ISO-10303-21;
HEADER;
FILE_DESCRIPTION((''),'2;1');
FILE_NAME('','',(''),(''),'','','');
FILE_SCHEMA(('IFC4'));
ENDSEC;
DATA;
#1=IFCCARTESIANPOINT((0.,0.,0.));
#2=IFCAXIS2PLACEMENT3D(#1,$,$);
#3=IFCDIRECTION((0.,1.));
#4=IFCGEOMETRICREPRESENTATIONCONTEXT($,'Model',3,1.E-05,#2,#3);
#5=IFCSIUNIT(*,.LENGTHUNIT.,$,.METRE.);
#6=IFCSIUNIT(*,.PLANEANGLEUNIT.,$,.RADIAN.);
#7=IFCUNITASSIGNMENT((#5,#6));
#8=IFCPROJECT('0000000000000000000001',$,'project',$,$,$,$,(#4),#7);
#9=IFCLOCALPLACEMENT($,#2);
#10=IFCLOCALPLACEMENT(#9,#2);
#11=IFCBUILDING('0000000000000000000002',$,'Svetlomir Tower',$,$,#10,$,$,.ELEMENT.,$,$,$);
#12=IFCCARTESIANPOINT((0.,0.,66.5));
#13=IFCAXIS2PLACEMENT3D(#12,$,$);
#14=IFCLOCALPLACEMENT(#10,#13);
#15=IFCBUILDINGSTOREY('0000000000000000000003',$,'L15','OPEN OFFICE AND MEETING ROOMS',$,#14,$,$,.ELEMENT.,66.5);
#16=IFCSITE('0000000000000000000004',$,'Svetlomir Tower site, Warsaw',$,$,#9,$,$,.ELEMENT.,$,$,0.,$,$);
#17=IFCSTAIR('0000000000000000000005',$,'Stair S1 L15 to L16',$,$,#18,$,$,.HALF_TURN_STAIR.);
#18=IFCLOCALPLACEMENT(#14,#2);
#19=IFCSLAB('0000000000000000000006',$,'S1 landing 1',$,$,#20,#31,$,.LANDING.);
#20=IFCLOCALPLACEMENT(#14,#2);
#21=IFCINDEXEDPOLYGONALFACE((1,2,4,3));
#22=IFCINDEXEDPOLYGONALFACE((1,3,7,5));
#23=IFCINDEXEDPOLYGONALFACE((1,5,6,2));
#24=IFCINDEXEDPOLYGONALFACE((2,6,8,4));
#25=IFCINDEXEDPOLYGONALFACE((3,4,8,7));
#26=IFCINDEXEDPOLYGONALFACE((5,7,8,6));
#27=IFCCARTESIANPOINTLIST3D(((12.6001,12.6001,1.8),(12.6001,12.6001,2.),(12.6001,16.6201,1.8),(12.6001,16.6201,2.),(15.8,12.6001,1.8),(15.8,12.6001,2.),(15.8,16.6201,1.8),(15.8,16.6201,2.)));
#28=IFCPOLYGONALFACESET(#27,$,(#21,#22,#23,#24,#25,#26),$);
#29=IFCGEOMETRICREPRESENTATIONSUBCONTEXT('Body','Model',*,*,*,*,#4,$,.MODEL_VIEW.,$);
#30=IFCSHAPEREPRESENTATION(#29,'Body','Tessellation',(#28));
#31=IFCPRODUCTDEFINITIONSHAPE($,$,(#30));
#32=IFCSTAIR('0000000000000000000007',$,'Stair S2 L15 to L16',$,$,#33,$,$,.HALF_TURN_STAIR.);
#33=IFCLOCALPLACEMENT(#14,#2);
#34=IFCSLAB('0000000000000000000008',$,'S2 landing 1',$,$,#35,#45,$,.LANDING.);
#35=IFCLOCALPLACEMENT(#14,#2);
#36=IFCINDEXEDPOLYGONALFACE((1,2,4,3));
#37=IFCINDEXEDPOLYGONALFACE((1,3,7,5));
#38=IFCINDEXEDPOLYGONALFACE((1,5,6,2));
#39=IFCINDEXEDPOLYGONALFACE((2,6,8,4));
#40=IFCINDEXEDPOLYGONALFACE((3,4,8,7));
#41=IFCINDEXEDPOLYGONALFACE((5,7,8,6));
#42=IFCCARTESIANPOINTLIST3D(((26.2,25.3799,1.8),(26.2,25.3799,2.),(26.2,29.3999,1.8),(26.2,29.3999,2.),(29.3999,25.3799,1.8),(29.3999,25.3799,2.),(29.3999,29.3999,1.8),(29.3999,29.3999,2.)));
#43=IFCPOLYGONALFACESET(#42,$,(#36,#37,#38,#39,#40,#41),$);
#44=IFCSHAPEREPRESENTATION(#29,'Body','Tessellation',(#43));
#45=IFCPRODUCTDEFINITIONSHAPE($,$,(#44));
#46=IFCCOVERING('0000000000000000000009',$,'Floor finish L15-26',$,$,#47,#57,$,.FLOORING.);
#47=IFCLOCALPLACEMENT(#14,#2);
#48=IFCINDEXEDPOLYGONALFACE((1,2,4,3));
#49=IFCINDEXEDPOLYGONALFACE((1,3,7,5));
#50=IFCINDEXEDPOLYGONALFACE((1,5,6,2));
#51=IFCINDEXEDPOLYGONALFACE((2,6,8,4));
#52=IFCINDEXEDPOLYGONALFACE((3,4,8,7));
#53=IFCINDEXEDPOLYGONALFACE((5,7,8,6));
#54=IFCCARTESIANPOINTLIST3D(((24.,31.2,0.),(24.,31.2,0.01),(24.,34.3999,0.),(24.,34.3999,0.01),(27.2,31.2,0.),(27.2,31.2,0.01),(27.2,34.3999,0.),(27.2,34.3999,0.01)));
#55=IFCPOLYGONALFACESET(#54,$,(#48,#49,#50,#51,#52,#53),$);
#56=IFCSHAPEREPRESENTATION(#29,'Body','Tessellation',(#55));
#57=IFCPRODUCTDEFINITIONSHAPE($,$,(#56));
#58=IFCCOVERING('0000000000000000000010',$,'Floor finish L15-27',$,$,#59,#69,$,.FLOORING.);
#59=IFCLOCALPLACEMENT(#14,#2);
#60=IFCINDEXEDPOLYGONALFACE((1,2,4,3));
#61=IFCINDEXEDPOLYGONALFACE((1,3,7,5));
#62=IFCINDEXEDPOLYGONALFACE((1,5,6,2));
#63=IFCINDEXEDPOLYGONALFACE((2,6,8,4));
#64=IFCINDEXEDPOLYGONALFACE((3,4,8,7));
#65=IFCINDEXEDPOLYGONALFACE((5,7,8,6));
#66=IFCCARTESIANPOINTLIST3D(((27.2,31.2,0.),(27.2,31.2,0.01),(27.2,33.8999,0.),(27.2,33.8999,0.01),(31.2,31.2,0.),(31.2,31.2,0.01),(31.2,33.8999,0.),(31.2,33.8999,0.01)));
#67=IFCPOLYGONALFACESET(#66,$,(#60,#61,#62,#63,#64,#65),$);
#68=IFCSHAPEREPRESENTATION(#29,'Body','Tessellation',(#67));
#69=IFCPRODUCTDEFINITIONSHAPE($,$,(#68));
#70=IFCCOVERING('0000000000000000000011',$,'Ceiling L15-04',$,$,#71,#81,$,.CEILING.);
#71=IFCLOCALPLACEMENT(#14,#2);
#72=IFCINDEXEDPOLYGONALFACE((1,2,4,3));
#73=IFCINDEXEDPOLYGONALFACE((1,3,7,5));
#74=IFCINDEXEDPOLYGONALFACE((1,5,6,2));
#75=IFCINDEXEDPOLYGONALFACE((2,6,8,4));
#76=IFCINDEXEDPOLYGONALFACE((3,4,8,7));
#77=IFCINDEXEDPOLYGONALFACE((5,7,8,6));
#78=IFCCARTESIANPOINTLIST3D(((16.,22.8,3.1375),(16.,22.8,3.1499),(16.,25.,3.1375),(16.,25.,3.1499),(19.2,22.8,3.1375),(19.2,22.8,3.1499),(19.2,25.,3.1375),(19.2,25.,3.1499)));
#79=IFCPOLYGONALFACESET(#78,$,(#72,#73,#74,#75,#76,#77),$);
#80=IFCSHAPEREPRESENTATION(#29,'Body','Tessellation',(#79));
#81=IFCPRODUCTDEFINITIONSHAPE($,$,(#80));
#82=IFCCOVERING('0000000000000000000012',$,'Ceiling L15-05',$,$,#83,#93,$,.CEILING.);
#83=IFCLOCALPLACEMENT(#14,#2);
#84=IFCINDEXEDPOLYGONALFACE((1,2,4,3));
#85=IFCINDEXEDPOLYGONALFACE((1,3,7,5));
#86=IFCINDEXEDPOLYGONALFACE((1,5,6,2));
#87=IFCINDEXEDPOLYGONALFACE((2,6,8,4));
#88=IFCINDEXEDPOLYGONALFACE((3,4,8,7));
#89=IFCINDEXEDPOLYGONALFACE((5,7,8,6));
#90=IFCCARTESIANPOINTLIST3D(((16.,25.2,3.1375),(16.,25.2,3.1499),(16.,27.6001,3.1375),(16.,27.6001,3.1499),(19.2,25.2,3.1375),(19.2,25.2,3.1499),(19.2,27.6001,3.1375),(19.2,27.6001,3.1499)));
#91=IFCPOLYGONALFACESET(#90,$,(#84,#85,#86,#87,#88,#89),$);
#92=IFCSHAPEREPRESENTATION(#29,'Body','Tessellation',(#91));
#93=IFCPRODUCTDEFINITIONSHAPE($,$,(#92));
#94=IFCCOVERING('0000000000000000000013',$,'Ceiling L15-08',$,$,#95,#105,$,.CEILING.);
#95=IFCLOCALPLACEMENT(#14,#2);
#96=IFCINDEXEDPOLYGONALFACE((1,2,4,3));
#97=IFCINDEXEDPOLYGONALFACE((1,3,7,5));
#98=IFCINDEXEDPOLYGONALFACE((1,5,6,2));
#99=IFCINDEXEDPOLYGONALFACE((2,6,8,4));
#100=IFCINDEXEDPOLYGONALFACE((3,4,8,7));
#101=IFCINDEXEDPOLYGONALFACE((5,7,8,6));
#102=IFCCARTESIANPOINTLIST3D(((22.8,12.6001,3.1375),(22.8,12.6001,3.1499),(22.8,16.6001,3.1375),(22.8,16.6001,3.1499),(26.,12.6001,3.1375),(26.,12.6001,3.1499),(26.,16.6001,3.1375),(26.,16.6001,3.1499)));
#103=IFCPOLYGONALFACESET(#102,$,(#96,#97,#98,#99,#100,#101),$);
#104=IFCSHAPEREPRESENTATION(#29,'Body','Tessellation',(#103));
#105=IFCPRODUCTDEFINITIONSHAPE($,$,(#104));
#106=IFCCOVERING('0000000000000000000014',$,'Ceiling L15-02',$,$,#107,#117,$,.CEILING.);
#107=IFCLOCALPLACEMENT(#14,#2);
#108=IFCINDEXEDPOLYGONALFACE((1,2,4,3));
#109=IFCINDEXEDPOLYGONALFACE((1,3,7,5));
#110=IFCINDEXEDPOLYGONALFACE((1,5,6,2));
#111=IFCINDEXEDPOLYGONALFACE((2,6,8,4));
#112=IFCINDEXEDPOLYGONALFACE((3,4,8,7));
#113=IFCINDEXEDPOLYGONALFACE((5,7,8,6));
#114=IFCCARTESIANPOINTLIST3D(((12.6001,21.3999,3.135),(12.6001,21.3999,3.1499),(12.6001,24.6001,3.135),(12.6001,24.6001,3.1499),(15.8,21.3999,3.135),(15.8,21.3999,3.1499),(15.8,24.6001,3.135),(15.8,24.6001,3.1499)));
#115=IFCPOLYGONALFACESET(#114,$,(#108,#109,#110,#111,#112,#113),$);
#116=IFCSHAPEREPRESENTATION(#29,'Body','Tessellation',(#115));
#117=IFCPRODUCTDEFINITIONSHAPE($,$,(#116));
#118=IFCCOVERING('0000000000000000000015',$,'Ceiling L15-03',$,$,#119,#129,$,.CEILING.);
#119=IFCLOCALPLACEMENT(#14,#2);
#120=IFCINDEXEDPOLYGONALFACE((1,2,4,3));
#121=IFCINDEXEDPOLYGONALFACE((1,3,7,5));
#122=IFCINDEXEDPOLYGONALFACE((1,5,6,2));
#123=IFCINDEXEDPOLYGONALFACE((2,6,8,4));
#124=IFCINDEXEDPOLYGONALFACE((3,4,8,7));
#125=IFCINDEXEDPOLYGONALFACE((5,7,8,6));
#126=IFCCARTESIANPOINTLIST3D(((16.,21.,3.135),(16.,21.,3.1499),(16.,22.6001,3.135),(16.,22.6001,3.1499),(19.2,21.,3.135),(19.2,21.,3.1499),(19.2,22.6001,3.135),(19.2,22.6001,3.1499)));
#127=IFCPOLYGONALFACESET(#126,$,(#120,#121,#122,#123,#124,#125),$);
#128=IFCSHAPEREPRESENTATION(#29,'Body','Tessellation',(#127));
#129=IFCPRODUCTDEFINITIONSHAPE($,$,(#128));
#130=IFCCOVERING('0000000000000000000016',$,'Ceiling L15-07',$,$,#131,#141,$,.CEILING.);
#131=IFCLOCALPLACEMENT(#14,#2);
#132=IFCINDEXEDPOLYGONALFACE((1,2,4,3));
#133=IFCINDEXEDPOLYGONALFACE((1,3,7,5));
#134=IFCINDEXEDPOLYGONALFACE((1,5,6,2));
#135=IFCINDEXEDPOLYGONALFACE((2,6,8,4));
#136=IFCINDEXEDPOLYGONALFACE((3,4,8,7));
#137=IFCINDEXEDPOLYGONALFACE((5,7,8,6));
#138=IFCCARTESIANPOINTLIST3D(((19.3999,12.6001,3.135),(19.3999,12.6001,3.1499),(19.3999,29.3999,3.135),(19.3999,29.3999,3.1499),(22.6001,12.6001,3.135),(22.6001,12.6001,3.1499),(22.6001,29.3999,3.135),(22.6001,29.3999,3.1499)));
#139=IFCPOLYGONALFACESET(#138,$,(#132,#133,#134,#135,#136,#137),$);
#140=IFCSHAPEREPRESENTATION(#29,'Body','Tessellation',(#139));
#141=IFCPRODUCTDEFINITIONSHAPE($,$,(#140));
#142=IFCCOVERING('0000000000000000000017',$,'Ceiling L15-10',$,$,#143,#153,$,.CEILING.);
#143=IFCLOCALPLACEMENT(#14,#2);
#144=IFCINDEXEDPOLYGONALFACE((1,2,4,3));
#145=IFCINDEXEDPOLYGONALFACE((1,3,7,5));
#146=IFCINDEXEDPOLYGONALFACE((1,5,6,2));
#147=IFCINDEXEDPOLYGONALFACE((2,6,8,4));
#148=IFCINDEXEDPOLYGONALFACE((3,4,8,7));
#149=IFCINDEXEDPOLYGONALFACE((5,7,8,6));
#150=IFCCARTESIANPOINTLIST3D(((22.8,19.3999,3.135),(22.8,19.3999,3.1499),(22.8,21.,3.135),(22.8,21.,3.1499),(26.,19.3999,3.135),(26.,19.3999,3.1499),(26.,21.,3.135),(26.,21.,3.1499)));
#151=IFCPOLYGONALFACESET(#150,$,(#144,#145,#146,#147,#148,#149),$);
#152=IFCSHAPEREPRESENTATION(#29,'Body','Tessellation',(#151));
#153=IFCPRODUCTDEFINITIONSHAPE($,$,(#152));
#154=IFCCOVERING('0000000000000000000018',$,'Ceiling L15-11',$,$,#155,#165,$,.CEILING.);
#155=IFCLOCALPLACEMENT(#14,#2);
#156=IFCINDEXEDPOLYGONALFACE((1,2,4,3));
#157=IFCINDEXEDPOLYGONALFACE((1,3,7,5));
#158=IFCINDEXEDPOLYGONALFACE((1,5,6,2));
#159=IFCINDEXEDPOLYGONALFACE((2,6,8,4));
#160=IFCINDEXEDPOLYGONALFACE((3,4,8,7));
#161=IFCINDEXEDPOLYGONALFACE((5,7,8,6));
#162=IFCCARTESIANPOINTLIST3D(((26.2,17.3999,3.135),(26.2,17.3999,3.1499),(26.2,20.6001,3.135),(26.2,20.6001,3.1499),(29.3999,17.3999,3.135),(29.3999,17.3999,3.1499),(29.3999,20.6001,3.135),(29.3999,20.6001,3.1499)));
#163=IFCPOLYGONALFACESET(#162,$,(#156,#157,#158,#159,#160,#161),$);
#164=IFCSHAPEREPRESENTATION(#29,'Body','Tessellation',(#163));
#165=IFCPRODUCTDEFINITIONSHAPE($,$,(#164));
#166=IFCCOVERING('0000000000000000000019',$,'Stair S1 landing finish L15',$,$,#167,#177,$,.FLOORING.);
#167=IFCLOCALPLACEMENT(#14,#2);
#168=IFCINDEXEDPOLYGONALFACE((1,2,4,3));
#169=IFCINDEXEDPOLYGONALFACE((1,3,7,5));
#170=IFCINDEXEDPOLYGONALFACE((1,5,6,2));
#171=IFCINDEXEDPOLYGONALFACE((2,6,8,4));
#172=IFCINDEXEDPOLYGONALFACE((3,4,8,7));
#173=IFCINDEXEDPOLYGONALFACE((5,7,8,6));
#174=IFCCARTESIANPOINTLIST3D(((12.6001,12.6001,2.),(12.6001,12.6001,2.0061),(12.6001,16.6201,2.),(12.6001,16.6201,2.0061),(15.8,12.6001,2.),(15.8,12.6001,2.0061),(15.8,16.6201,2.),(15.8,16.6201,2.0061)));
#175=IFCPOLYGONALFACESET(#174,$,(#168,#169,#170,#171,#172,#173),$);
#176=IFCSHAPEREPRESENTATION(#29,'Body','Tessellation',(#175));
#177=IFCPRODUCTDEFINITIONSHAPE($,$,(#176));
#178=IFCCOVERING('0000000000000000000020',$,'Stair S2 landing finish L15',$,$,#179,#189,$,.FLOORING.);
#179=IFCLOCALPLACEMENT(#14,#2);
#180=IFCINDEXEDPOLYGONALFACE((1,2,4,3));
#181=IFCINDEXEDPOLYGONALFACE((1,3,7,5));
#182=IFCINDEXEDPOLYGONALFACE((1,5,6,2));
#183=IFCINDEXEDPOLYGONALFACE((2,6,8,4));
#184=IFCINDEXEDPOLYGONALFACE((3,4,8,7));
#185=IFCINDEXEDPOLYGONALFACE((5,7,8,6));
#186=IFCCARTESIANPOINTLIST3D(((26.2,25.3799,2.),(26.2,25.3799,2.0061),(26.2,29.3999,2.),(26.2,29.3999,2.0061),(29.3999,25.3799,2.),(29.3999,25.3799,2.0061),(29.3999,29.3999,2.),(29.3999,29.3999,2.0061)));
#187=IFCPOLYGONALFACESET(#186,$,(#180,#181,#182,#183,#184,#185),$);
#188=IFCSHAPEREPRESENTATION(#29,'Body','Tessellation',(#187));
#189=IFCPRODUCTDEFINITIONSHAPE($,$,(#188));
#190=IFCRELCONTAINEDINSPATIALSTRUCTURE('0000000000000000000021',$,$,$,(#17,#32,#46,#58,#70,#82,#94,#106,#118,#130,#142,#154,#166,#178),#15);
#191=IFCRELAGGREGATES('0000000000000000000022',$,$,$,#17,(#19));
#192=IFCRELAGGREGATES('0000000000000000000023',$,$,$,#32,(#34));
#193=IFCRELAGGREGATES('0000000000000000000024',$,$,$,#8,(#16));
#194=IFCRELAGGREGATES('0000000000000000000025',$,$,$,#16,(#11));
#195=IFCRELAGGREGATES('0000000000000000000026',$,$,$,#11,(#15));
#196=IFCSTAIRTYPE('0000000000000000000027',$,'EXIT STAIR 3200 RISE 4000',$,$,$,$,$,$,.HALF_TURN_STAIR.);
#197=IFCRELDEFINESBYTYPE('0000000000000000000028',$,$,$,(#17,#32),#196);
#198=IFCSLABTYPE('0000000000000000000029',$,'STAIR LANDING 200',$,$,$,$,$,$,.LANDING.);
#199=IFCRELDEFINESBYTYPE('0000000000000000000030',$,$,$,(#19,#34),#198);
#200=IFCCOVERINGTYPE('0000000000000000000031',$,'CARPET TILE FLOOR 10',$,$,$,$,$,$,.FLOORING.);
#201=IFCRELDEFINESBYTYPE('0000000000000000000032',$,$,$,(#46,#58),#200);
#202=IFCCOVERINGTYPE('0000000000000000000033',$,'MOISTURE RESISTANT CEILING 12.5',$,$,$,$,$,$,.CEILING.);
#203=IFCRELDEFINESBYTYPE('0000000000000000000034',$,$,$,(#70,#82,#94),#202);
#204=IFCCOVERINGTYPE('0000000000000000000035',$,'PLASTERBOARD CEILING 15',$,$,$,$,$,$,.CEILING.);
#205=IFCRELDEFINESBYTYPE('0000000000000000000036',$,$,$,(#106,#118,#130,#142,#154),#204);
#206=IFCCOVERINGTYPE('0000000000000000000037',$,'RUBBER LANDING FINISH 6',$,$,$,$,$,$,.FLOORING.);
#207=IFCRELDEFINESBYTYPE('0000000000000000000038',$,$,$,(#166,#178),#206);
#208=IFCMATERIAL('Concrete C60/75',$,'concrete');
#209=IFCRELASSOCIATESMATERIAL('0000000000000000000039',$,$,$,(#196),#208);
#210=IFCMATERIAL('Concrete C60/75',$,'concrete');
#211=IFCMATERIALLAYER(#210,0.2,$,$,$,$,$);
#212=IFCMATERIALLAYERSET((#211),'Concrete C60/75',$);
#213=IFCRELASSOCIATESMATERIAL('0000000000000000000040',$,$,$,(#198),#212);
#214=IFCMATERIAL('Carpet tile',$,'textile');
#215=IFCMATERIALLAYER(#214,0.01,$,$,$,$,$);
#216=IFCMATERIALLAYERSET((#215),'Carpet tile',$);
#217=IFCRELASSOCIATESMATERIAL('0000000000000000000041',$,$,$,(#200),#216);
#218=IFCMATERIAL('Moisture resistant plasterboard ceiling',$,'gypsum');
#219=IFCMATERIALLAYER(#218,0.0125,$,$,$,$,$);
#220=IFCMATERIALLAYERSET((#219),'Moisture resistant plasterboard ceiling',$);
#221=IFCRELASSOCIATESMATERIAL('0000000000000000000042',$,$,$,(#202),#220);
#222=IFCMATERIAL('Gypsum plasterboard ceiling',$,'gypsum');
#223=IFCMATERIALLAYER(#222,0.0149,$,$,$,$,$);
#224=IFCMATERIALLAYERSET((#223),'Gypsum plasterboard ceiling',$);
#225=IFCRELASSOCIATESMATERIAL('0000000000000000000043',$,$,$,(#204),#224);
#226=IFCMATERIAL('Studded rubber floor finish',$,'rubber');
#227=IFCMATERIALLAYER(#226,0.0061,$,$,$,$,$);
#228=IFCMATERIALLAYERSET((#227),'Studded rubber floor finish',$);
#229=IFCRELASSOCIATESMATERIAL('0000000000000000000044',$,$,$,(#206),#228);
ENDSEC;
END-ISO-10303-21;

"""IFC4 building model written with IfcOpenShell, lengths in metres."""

from ifc_helpers import new_model, si_unit, direction, frame, origin, place, context, subcontext, project, spatial, polyline, outline, extrude, material, layer, layer_set, type_object, element, aggregate, save


model = new_model("IFC4")

# Units and contexts
model_context = context("Model", 3, precision=1e-05, world=origin(), true_north=direction((0.0, 1.0)))
body_context = subcontext(model_context, "Body", "Model", "MODEL_VIEW")
ifc_project = project(units=[si_unit("LENGTHUNIT", "METRE"), si_unit("PLANEANGLEUNIT", "RADIAN")], contexts=[model_context])

# Site, building, storey
site_placement = place(None, origin())
site = spatial("IfcSite", under=ifc_project, at=site_placement, Name="Svetlomir Tower site, Warsaw", CompositionType="ELEMENT", RefElevation=0.0)
building_placement = place(site_placement, origin())
building = spatial("IfcBuilding", under=site, at=building_placement, Name="Svetlomir Tower", CompositionType="ELEMENT")
storey_placement = place(building_placement, frame((0.0, 0.0, 66.5)))
storey = spatial("IfcBuildingStorey", under=building, at=storey_placement, Name="L15", Description="OPEN OFFICE AND MEETING ROOMS", CompositionType="ELEMENT", Elevation=66.5)

# Stairs, slabs
ifc_material_1 = material(Name="Concrete C60/75", Category="concrete")
stair_type = type_object("IfcStairType", Name="EXIT STAIR 3200 RISE 4000", PredefinedType="HALF_TURN_STAIR", material=ifc_material_1)
stair_1_placement = place(storey_placement, origin())
stair_1 = element("IfcStair", 1, at=stair_1_placement, inside=storey, type_object=stair_type, Name="Stair S1 L15 to L16", PredefinedType="HALF_TURN_STAIR")
ifc_material_2 = material(Name="Concrete C60/75", Category="concrete")
ifc_layer_1 = layer(ifc_material_2, 0.2)
ifc_layer_set_1 = layer_set([ifc_layer_1], Name="Concrete C60/75")
slab_type = type_object("IfcSlabType", Name="STAIR LANDING 200", PredefinedType="LANDING", material=ifc_layer_set_1)
slab_1_placement = place(storey_placement, frame((0.0, 0.0, 1.8)))
slab_1 = element("IfcSlab", 2, at=slab_1_placement, type_object=slab_type, Name="S1 landing 1", PredefinedType="LANDING", context=body_context, shape_type="SweptSolid", body=[
    extrude(outline(polyline([(12.6001, 12.6001), (15.8, 12.6001), (15.8, 16.6201), (12.6001, 16.6201), (12.6001, 12.6001)])), origin(), (0.0, 0.0, 1.0), 0.2),
])
aggregate(stair_1, [slab_1])
stair_2_placement = place(storey_placement, origin())
stair_2 = element("IfcStair", 3, at=stair_2_placement, inside=storey, type_object=stair_type, Name="Stair S2 L15 to L16", PredefinedType="HALF_TURN_STAIR")
slab_2_placement = place(storey_placement, frame((0.0, 0.0, 1.8)))
slab_2 = element("IfcSlab", 4, at=slab_2_placement, type_object=slab_type, Name="S2 landing 1", PredefinedType="LANDING", context=body_context, shape_type="SweptSolid", body=[
    extrude(outline(polyline([(26.2, 25.3799), (29.3999, 25.3799), (29.3999, 29.3999), (26.2, 29.3999), (26.2, 25.3799)])), origin(), (0.0, 0.0, 1.0), 0.2),
])
aggregate(stair_2, [slab_2])

# Coverings
ifc_material_3 = material(Name="Carpet tile", Category="textile")
ifc_layer_2 = layer(ifc_material_3, 0.01)
ifc_layer_set_2 = layer_set([ifc_layer_2], Name="Carpet tile")
covering_type_1 = type_object("IfcCoveringType", Name="CARPET TILE FLOOR 10", PredefinedType="FLOORING", material=ifc_layer_set_2)
covering_1_placement = place(storey_placement, origin())
element("IfcCovering", 5, at=covering_1_placement, inside=storey, type_object=covering_type_1, Name="Floor finish L15-26", PredefinedType="FLOORING", context=body_context, shape_type="SweptSolid", body=[
    extrude(outline(polyline([(24.0, 31.2), (27.2, 31.2), (27.2, 34.3999), (24.0, 34.3999), (24.0, 31.2)])), origin(), (0.0, 0.0, 1.0), 0.01),
])
covering_2_placement = place(storey_placement, origin())
element("IfcCovering", 6, at=covering_2_placement, inside=storey, type_object=covering_type_1, Name="Floor finish L15-27", PredefinedType="FLOORING", context=body_context, shape_type="SweptSolid", body=[
    extrude(outline(polyline([(27.2, 31.2), (31.2, 31.2), (31.2, 33.8999), (27.2, 33.8999), (27.2, 31.2)])), origin(), (0.0, 0.0, 1.0), 0.01),
])
ifc_material_4 = material(Name="Moisture resistant plasterboard ceiling", Category="gypsum")
ifc_layer_3 = layer(ifc_material_4, 0.0125)
ifc_layer_set_3 = layer_set([ifc_layer_3], Name="Moisture resistant plasterboard ceiling")
covering_type_2 = type_object("IfcCoveringType", Name="MOISTURE RESISTANT CEILING 12.5", PredefinedType="CEILING", material=ifc_layer_set_3)
covering_3_placement = place(storey_placement, frame((0.0, 0.0, 3.1375)))
element("IfcCovering", 7, at=covering_3_placement, inside=storey, type_object=covering_type_2, Name="Ceiling L15-04", PredefinedType="CEILING", context=body_context, shape_type="SweptSolid", body=[
    extrude(outline(polyline([(16.0, 22.8), (19.2, 22.8), (19.2, 25.0), (16.0, 25.0), (16.0, 22.8)])), origin(), (0.0, 0.0, 1.0), 0.0125),
])
covering_4_placement = place(storey_placement, frame((0.0, 0.0, 3.1375)))
element("IfcCovering", 8, at=covering_4_placement, inside=storey, type_object=covering_type_2, Name="Ceiling L15-05", PredefinedType="CEILING", context=body_context, shape_type="SweptSolid", body=[
    extrude(outline(polyline([(16.0, 25.2), (19.2, 25.2), (19.2, 27.6001), (16.0, 27.6001), (16.0, 25.2)])), origin(), (0.0, 0.0, 1.0), 0.0125),
])
covering_5_placement = place(storey_placement, frame((0.0, 0.0, 3.1375)))
element("IfcCovering", 9, at=covering_5_placement, inside=storey, type_object=covering_type_2, Name="Ceiling L15-08", PredefinedType="CEILING", context=body_context, shape_type="SweptSolid", body=[
    extrude(outline(polyline([(22.8, 12.6001), (26.0, 12.6001), (26.0, 16.6001), (22.8, 16.6001), (22.8, 12.6001)])), origin(), (0.0, 0.0, 1.0), 0.0125),
])
ifc_material_5 = material(Name="Gypsum plasterboard ceiling", Category="gypsum")
ifc_layer_4 = layer(ifc_material_5, 0.0149)
ifc_layer_set_4 = layer_set([ifc_layer_4], Name="Gypsum plasterboard ceiling")
covering_type_3 = type_object("IfcCoveringType", Name="PLASTERBOARD CEILING 15", PredefinedType="CEILING", material=ifc_layer_set_4)
covering_6_placement = place(storey_placement, frame((0.0, 0.0, 3.135)))
element("IfcCovering", 10, at=covering_6_placement, inside=storey, type_object=covering_type_3, Name="Ceiling L15-02", PredefinedType="CEILING", context=body_context, shape_type="SweptSolid", body=[
    extrude(outline(polyline([(12.6001, 21.3999), (15.8, 21.3999), (15.8, 24.6001), (12.6001, 24.6001), (12.6001, 21.3999)])), origin(), (0.0, 0.0, 1.0), 0.0149),
])
covering_7_placement = place(storey_placement, frame((0.0, 0.0, 3.135)))
element("IfcCovering", 11, at=covering_7_placement, inside=storey, type_object=covering_type_3, Name="Ceiling L15-03", PredefinedType="CEILING", context=body_context, shape_type="SweptSolid", body=[
    extrude(outline(polyline([(16.0, 21.0), (19.2, 21.0), (19.2, 22.6001), (16.0, 22.6001), (16.0, 21.0)])), origin(), (0.0, 0.0, 1.0), 0.0149),
])
covering_8_placement = place(storey_placement, frame((0.0, 0.0, 3.135)))
element("IfcCovering", 12, at=covering_8_placement, inside=storey, type_object=covering_type_3, Name="Ceiling L15-07", PredefinedType="CEILING", context=body_context, shape_type="SweptSolid", body=[
    extrude(outline(polyline([(19.3999, 12.6001), (22.6001, 12.6001), (22.6001, 29.3999), (19.3999, 29.3999), (19.3999, 12.6001)])), origin(), (0.0, 0.0, 1.0), 0.0149),
])
covering_9_placement = place(storey_placement, frame((0.0, 0.0, 3.135)))
element("IfcCovering", 13, at=covering_9_placement, inside=storey, type_object=covering_type_3, Name="Ceiling L15-10", PredefinedType="CEILING", context=body_context, shape_type="SweptSolid", body=[
    extrude(outline(polyline([(22.8, 19.3999), (26.0, 19.3999), (26.0, 21.0), (22.8, 21.0), (22.8, 19.3999)])), origin(), (0.0, 0.0, 1.0), 0.0149),
])
covering_10_placement = place(storey_placement, frame((0.0, 0.0, 3.135)))
element("IfcCovering", 14, at=covering_10_placement, inside=storey, type_object=covering_type_3, Name="Ceiling L15-11", PredefinedType="CEILING", context=body_context, shape_type="SweptSolid", body=[
    extrude(outline(polyline([(26.2, 17.3999), (29.3999, 17.3999), (29.3999, 20.6001), (26.2, 20.6001), (26.2, 17.3999)])), origin(), (0.0, 0.0, 1.0), 0.0149),
])
ifc_material_6 = material(Name="Studded rubber floor finish", Category="rubber")
ifc_layer_5 = layer(ifc_material_6, 0.0061)
ifc_layer_set_5 = layer_set([ifc_layer_5], Name="Studded rubber floor finish")
covering_type_4 = type_object("IfcCoveringType", Name="RUBBER LANDING FINISH 6", PredefinedType="FLOORING", material=ifc_layer_set_5)
covering_11_placement = place(storey_placement, frame((0.0, 0.0, 2.0)))
element("IfcCovering", 15, at=covering_11_placement, inside=storey, type_object=covering_type_4, Name="Stair S1 landing finish L15", PredefinedType="FLOORING", context=body_context, shape_type="SweptSolid", body=[
    extrude(outline(polyline([(12.6001, 12.6001), (15.8, 12.6001), (15.8, 16.6201), (12.6001, 16.6201), (12.6001, 12.6001)])), origin(), (0.0, 0.0, 1.0), 0.0061),
])
covering_12_placement = place(storey_placement, frame((0.0, 0.0, 2.0)))
element("IfcCovering", 16, at=covering_12_placement, inside=storey, type_object=covering_type_4, Name="Stair S2 landing finish L15", PredefinedType="FLOORING", context=body_context, shape_type="SweptSolid", body=[
    extrude(outline(polyline([(26.2, 25.3799), (29.3999, 25.3799), (29.3999, 29.3999), (26.2, 29.3999), (26.2, 25.3799)])), origin(), (0.0, 0.0, 1.0), 0.0061),
])

save(model, "model.ifc")
